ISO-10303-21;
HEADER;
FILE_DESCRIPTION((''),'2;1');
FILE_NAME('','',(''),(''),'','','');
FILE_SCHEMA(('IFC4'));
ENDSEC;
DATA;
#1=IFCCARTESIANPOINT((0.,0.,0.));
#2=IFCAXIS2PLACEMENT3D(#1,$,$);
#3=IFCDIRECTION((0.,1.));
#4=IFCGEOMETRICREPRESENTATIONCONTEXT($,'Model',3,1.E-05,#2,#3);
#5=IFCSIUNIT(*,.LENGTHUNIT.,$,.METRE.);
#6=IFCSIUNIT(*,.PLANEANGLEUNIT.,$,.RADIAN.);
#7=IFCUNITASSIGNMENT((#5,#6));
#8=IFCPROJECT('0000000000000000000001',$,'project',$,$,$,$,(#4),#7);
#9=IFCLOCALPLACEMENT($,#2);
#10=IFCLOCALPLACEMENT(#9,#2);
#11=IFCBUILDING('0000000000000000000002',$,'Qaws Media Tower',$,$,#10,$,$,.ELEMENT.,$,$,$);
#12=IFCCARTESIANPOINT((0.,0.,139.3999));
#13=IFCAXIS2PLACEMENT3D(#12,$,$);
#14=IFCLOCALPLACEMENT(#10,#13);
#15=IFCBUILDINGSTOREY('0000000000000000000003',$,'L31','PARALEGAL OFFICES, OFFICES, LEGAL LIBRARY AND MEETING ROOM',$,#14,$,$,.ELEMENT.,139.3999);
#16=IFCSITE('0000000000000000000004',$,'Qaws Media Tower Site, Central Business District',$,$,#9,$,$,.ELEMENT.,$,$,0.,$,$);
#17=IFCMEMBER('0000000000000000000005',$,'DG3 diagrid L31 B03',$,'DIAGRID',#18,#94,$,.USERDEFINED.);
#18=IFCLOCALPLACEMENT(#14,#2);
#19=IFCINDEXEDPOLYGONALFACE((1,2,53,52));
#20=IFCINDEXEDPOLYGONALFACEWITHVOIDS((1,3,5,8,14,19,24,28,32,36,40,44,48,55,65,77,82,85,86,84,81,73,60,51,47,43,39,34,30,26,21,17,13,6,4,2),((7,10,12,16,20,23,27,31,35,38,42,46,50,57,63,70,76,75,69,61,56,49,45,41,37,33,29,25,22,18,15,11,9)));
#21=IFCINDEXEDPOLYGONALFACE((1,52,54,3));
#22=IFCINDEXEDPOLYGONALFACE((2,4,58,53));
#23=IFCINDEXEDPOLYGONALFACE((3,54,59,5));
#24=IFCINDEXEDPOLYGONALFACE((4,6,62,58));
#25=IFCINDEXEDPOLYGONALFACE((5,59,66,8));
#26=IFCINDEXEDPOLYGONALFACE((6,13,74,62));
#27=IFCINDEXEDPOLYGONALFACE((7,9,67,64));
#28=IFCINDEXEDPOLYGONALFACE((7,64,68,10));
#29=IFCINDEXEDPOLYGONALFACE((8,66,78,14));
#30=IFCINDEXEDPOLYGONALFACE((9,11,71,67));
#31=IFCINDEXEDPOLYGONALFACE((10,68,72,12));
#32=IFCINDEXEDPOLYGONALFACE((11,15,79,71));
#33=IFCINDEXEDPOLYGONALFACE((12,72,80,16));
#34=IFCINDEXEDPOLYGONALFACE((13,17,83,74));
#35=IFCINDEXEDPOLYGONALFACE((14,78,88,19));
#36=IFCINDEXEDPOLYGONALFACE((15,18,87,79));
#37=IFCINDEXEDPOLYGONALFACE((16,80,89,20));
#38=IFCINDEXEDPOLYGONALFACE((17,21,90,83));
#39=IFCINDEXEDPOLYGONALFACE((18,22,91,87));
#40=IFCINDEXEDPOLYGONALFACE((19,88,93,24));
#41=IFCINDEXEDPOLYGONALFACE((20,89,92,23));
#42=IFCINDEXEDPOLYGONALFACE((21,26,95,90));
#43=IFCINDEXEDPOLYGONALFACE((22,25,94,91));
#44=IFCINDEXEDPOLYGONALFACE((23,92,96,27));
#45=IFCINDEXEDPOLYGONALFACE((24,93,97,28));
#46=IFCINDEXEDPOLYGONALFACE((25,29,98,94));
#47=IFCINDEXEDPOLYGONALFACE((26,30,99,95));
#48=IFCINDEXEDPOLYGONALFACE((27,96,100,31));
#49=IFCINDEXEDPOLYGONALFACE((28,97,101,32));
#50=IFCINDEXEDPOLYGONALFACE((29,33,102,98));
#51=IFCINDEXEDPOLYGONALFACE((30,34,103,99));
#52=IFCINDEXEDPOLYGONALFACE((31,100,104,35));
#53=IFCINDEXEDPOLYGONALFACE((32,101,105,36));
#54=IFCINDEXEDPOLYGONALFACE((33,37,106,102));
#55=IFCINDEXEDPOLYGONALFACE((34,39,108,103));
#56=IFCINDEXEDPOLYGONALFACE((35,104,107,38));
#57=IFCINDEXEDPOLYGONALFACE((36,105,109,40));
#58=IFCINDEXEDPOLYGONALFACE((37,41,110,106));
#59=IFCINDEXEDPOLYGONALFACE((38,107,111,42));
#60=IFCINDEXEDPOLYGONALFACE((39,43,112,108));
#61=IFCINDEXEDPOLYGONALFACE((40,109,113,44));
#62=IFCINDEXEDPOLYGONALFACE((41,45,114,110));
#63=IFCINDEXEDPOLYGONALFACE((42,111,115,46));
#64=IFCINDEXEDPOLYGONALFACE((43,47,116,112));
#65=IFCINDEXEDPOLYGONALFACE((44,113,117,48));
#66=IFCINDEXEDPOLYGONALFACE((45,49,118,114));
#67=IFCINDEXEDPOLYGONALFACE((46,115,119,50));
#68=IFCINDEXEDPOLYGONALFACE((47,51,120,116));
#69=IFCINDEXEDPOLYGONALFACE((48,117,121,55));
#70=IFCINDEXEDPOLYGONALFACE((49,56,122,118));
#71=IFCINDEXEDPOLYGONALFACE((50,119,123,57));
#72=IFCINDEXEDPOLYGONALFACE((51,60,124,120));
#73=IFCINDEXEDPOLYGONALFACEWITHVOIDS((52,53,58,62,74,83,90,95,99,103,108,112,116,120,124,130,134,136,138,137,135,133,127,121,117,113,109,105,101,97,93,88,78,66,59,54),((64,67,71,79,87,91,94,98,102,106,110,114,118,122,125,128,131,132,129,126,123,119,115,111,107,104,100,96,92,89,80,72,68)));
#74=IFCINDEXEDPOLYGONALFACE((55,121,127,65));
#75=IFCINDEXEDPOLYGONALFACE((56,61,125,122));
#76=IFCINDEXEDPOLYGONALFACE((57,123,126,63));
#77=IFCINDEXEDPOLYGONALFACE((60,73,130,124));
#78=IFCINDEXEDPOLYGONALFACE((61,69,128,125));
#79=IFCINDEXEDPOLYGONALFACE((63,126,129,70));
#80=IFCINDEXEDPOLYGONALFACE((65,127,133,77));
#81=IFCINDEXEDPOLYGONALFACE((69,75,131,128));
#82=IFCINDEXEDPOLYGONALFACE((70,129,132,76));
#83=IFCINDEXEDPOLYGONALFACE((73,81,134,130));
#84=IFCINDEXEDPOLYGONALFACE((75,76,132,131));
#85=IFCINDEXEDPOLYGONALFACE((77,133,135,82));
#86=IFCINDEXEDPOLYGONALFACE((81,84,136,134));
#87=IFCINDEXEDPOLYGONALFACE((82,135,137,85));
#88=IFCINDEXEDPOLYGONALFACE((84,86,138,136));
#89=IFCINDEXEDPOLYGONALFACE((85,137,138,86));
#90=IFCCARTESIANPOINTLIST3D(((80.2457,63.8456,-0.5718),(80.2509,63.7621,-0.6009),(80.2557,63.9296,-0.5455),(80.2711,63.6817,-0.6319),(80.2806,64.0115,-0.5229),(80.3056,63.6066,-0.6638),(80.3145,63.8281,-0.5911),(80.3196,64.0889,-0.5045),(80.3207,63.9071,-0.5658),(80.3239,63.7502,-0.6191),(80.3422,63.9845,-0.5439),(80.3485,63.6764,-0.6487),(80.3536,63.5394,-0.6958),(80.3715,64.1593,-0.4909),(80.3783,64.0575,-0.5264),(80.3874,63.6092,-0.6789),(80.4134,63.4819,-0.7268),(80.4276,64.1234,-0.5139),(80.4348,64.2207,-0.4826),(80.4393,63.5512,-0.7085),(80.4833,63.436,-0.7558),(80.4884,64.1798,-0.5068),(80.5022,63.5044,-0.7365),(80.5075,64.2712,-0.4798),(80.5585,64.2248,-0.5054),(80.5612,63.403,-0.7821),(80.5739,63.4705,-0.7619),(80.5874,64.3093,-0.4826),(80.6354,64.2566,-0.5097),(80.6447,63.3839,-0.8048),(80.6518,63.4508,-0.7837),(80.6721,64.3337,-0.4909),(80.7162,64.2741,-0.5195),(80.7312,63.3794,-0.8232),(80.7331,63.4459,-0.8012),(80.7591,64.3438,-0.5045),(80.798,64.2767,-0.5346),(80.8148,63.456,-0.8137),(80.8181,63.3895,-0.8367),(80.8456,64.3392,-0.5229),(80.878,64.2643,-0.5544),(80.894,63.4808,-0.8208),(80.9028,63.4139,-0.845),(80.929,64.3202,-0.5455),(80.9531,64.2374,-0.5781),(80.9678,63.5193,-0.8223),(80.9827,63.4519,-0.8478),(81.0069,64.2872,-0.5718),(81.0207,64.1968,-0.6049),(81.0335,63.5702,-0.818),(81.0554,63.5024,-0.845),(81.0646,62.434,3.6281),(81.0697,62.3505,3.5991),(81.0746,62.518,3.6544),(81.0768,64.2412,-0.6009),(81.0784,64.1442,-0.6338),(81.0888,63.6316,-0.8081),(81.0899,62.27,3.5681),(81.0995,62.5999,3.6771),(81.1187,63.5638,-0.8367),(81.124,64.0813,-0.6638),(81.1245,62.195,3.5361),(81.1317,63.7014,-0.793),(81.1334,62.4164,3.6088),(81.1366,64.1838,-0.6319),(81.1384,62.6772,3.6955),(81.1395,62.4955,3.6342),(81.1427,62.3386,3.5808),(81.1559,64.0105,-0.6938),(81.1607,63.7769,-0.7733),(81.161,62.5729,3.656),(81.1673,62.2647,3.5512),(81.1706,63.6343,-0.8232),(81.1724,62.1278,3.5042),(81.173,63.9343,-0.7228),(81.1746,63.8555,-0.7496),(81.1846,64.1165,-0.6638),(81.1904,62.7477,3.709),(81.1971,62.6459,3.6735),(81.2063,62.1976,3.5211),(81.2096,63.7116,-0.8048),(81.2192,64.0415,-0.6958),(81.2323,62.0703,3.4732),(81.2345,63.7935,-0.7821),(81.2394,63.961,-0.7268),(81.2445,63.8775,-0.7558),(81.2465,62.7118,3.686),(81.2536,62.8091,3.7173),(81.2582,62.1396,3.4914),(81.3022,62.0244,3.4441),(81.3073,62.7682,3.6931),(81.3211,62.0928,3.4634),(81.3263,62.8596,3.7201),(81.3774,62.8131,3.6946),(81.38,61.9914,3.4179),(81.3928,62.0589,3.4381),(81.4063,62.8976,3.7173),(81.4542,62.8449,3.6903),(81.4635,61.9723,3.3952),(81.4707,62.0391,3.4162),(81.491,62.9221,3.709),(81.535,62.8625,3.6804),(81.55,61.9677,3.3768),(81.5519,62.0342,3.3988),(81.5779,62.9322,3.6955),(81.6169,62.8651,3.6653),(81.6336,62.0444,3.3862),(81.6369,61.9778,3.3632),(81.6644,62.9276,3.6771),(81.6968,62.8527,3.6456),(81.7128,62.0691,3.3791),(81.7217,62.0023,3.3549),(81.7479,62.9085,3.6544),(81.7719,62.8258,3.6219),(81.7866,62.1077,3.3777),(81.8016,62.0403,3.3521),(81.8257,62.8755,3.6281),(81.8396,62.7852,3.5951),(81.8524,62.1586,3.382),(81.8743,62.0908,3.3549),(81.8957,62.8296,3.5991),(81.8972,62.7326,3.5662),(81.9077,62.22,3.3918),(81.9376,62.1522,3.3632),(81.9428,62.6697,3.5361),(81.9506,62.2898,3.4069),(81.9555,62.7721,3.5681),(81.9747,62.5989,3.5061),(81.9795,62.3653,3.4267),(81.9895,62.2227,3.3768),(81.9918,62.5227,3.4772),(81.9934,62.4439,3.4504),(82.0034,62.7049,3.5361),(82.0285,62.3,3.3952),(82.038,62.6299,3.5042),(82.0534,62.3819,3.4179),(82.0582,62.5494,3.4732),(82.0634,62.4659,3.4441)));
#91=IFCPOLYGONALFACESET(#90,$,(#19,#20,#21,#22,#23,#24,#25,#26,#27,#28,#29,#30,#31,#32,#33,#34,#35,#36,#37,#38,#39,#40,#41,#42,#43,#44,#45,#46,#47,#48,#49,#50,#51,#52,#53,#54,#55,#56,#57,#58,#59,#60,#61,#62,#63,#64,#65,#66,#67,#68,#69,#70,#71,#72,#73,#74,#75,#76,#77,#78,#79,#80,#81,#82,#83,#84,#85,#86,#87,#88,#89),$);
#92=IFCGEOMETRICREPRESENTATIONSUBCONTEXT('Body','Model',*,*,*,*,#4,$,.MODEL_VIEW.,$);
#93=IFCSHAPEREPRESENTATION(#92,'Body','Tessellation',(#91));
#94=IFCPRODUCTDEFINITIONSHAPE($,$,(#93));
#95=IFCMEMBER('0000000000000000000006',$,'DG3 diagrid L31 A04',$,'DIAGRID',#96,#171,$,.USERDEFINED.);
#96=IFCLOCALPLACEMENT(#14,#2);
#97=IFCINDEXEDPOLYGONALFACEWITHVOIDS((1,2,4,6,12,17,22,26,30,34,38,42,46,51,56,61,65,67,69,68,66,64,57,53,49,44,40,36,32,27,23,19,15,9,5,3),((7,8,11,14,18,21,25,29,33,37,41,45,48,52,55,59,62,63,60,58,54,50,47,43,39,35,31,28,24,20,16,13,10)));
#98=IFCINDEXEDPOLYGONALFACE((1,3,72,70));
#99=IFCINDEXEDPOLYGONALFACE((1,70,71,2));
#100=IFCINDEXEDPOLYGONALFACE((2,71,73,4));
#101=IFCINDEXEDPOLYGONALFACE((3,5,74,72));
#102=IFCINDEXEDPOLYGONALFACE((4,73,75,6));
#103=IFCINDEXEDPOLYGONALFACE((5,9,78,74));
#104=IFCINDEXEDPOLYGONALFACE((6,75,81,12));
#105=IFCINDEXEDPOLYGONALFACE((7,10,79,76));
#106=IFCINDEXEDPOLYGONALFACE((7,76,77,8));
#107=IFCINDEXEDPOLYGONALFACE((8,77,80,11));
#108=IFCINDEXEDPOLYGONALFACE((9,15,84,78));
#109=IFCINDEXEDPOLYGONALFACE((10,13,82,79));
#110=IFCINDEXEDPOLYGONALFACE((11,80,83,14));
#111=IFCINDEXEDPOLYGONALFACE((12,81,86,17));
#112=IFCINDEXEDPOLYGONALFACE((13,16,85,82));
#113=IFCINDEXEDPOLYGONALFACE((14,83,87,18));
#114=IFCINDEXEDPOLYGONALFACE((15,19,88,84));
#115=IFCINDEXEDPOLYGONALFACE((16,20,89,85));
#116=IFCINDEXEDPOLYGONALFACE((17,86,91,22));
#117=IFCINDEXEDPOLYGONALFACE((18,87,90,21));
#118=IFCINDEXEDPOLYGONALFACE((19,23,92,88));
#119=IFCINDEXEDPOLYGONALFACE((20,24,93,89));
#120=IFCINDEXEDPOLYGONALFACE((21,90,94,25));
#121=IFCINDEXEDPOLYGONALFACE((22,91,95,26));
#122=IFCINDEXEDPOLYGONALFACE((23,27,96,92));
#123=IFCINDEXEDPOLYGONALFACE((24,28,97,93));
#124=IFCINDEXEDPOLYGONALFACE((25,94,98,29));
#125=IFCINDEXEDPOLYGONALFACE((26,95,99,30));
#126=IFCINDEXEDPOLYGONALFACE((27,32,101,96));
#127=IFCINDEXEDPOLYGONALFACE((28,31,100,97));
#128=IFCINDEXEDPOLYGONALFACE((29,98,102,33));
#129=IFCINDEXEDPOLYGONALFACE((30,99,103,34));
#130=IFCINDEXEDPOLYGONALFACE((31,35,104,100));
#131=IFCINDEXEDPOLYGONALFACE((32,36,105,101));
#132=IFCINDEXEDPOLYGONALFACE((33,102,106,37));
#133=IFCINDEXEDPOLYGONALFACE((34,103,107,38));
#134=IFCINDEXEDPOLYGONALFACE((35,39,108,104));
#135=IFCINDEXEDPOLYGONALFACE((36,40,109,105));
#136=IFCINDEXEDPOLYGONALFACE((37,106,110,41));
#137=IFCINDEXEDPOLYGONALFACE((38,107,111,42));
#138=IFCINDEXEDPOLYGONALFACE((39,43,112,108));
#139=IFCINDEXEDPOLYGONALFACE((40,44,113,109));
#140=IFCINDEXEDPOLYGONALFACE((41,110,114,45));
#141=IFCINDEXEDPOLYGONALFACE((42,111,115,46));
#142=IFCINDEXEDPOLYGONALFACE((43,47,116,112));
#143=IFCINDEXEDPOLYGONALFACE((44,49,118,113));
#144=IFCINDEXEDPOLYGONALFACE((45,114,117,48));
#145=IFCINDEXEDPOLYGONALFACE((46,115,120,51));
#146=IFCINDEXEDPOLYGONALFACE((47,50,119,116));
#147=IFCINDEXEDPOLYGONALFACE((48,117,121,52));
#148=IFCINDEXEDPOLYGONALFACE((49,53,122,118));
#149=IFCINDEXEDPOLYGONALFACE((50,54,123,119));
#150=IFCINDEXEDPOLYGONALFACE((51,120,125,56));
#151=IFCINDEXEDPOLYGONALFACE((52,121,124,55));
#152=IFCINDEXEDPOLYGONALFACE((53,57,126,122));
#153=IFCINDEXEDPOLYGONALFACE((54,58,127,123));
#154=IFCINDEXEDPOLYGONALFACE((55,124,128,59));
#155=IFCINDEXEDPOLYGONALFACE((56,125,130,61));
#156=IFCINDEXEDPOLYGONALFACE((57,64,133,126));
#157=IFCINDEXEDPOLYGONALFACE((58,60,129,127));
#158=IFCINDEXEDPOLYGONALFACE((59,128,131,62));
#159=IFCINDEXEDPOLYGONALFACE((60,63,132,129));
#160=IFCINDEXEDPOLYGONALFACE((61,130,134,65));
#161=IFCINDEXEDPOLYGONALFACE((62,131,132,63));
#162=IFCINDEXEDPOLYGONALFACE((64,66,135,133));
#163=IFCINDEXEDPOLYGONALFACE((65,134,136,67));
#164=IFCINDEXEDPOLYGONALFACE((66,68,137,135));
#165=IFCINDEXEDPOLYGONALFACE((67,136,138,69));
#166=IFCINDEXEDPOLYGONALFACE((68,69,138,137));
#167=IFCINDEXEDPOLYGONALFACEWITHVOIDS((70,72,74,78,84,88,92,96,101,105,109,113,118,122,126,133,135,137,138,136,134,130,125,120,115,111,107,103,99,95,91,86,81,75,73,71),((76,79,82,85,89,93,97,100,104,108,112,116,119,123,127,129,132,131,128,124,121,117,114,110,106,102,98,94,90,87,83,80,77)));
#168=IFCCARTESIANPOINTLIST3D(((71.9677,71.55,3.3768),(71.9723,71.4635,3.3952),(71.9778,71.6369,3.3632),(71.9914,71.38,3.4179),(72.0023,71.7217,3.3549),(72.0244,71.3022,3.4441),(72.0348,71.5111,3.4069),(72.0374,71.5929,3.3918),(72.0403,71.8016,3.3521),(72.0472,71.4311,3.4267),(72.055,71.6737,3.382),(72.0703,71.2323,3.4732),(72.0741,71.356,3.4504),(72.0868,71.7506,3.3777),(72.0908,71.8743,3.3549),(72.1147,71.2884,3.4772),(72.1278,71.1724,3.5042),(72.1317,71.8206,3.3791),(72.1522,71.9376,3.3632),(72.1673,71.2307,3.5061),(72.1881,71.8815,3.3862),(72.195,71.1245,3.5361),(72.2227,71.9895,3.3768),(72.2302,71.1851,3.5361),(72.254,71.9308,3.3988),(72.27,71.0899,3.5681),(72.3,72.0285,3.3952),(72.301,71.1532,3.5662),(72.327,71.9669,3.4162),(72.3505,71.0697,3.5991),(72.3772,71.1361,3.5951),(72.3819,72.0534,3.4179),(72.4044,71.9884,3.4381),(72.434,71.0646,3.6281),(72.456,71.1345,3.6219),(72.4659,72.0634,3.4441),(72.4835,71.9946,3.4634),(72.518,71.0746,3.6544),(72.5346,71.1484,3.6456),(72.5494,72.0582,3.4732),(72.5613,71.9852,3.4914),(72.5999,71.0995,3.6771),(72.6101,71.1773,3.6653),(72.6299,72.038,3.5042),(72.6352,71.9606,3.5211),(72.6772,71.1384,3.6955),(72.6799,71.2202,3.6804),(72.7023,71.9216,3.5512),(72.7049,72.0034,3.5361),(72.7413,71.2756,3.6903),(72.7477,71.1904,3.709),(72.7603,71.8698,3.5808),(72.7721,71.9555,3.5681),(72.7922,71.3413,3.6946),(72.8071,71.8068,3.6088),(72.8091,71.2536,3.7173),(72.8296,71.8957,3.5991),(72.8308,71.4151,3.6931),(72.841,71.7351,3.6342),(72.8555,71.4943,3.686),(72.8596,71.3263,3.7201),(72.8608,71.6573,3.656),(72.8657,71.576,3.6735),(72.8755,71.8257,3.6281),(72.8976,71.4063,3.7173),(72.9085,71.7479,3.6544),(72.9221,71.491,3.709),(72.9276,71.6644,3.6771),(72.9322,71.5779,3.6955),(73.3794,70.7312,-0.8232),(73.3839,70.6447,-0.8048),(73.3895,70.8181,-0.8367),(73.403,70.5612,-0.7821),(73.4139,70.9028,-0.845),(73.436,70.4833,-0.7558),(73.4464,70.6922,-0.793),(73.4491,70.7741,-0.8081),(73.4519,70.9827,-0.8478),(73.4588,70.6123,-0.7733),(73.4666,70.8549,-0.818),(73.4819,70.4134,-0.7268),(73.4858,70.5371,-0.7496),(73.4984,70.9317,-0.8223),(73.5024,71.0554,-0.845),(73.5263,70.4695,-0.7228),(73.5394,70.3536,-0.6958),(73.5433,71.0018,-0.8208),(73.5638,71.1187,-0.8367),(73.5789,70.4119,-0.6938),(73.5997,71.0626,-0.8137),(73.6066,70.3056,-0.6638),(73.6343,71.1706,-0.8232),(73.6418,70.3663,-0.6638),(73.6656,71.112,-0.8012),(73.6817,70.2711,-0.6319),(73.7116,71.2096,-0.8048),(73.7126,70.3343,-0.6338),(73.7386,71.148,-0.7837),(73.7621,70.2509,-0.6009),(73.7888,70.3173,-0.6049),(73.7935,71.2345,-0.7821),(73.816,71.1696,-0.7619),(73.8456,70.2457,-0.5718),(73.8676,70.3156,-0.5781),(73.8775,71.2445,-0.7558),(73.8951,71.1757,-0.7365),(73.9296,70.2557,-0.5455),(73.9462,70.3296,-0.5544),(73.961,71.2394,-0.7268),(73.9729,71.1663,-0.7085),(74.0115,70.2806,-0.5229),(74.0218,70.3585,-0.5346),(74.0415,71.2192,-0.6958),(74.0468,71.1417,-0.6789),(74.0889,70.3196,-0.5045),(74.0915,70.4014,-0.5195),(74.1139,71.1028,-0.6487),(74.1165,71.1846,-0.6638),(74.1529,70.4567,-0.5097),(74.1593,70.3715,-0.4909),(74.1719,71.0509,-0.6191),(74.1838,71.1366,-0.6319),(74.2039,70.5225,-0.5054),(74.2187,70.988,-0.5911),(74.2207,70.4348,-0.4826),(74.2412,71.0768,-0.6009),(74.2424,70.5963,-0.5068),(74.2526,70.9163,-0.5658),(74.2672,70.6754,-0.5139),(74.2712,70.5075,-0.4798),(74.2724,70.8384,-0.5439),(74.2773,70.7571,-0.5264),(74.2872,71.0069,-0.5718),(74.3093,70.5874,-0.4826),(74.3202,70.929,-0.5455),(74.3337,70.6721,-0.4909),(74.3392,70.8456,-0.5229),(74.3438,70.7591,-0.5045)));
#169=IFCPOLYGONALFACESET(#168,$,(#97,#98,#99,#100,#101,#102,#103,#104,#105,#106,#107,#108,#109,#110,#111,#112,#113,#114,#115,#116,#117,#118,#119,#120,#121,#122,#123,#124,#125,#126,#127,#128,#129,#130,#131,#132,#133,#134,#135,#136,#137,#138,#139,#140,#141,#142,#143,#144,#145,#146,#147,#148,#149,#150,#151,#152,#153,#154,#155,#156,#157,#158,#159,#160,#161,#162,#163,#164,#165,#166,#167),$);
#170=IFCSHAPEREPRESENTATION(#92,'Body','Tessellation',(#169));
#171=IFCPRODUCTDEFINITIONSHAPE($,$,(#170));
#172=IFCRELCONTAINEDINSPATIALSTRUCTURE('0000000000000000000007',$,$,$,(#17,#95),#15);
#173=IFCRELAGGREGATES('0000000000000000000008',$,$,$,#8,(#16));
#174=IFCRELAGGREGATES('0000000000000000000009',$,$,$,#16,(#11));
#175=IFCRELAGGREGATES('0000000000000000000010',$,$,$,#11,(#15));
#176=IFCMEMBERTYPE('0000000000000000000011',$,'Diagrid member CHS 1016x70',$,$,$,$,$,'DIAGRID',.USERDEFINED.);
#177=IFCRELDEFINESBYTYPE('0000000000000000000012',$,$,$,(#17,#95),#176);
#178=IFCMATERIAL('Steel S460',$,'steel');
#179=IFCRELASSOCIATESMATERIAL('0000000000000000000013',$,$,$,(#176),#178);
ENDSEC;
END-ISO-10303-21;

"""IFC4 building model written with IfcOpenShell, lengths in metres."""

from ifc_helpers import new_model, si_unit, direction, frame, origin, origin_2d, place, context, subcontext, project, spatial, hollow_circle, extrude, material, material_profile, profile_set, type_object, element, save


model = new_model("IFC4")

# Units and contexts
model_context = context("Model", 3, precision=1e-05, world=origin(), true_north=direction((0.0, 1.0)))
body_context = subcontext(model_context, "Body", "Model", "MODEL_VIEW")
ifc_project = project(units=[si_unit("LENGTHUNIT", "METRE"), si_unit("PLANEANGLEUNIT", "RADIAN")], contexts=[model_context])

# Site, building, storey
site_placement = place(None, origin())
site = spatial("IfcSite", under=ifc_project, at=site_placement, Name="Qaws Media Tower Site, Central Business District", CompositionType="ELEMENT", RefElevation=0.0)
building_placement = place(site_placement, origin())
building = spatial("IfcBuilding", under=site, at=building_placement, Name="Qaws Media Tower", CompositionType="ELEMENT")
storey_placement = place(building_placement, frame((0.0, 0.0, 139.3999)))
storey = spatial("IfcBuildingStorey", under=building, at=storey_placement, Name="L31", Description="PARALEGAL OFFICES, OFFICES, LEGAL LIBRARY AND MEETING ROOM", CompositionType="ELEMENT", Elevation=139.3999)

# Members
ifc_material_1 = material(Name="Steel S460", Category="steel")
ifc_material_profile_1 = material_profile(ifc_material_1, hollow_circle(Radius=0.5081, WallThickness=0.0701, at=origin_2d()), Name="CHS 1016x70")
ifc_profile_set_1 = profile_set([ifc_material_profile_1], Name="Steel S460")
member_type_1 = type_object("IfcMemberType", Name="Diagrid member CHS 1016x70", ElementType="DIAGRID", PredefinedType="USERDEFINED", material=ifc_profile_set_1)
for number, where, z_axis, x_axis, name in (
    (1, (80.7451, 63.8616, -0.6638), (0.181729, -0.313286, 0.932109), (0.865003, 0.501767, 0.0), "DG3 diagrid L31 B03"),
    (2, (73.8616, 70.7451, -0.6638), (-0.313286, 0.181729, 0.932109), (-0.501767, -0.865003, 0.0), "DG3 diagrid L31 A04"),
):
    element("IfcMember", number, at=place(storey_placement, frame(where, z_axis=z_axis, x_axis=x_axis)), inside=storey, type_object=member_type_1, Name=name, ObjectType="DIAGRID", PredefinedType="USERDEFINED", context=body_context, shape_type="SweptSolid", body=[
        extrude(hollow_circle(Radius=0.5081, WallThickness=0.0701, at=origin_2d()), origin(), (0.0, 0.0, 1.0), 4.5059),
    ])

save(model, "model.ifc")
